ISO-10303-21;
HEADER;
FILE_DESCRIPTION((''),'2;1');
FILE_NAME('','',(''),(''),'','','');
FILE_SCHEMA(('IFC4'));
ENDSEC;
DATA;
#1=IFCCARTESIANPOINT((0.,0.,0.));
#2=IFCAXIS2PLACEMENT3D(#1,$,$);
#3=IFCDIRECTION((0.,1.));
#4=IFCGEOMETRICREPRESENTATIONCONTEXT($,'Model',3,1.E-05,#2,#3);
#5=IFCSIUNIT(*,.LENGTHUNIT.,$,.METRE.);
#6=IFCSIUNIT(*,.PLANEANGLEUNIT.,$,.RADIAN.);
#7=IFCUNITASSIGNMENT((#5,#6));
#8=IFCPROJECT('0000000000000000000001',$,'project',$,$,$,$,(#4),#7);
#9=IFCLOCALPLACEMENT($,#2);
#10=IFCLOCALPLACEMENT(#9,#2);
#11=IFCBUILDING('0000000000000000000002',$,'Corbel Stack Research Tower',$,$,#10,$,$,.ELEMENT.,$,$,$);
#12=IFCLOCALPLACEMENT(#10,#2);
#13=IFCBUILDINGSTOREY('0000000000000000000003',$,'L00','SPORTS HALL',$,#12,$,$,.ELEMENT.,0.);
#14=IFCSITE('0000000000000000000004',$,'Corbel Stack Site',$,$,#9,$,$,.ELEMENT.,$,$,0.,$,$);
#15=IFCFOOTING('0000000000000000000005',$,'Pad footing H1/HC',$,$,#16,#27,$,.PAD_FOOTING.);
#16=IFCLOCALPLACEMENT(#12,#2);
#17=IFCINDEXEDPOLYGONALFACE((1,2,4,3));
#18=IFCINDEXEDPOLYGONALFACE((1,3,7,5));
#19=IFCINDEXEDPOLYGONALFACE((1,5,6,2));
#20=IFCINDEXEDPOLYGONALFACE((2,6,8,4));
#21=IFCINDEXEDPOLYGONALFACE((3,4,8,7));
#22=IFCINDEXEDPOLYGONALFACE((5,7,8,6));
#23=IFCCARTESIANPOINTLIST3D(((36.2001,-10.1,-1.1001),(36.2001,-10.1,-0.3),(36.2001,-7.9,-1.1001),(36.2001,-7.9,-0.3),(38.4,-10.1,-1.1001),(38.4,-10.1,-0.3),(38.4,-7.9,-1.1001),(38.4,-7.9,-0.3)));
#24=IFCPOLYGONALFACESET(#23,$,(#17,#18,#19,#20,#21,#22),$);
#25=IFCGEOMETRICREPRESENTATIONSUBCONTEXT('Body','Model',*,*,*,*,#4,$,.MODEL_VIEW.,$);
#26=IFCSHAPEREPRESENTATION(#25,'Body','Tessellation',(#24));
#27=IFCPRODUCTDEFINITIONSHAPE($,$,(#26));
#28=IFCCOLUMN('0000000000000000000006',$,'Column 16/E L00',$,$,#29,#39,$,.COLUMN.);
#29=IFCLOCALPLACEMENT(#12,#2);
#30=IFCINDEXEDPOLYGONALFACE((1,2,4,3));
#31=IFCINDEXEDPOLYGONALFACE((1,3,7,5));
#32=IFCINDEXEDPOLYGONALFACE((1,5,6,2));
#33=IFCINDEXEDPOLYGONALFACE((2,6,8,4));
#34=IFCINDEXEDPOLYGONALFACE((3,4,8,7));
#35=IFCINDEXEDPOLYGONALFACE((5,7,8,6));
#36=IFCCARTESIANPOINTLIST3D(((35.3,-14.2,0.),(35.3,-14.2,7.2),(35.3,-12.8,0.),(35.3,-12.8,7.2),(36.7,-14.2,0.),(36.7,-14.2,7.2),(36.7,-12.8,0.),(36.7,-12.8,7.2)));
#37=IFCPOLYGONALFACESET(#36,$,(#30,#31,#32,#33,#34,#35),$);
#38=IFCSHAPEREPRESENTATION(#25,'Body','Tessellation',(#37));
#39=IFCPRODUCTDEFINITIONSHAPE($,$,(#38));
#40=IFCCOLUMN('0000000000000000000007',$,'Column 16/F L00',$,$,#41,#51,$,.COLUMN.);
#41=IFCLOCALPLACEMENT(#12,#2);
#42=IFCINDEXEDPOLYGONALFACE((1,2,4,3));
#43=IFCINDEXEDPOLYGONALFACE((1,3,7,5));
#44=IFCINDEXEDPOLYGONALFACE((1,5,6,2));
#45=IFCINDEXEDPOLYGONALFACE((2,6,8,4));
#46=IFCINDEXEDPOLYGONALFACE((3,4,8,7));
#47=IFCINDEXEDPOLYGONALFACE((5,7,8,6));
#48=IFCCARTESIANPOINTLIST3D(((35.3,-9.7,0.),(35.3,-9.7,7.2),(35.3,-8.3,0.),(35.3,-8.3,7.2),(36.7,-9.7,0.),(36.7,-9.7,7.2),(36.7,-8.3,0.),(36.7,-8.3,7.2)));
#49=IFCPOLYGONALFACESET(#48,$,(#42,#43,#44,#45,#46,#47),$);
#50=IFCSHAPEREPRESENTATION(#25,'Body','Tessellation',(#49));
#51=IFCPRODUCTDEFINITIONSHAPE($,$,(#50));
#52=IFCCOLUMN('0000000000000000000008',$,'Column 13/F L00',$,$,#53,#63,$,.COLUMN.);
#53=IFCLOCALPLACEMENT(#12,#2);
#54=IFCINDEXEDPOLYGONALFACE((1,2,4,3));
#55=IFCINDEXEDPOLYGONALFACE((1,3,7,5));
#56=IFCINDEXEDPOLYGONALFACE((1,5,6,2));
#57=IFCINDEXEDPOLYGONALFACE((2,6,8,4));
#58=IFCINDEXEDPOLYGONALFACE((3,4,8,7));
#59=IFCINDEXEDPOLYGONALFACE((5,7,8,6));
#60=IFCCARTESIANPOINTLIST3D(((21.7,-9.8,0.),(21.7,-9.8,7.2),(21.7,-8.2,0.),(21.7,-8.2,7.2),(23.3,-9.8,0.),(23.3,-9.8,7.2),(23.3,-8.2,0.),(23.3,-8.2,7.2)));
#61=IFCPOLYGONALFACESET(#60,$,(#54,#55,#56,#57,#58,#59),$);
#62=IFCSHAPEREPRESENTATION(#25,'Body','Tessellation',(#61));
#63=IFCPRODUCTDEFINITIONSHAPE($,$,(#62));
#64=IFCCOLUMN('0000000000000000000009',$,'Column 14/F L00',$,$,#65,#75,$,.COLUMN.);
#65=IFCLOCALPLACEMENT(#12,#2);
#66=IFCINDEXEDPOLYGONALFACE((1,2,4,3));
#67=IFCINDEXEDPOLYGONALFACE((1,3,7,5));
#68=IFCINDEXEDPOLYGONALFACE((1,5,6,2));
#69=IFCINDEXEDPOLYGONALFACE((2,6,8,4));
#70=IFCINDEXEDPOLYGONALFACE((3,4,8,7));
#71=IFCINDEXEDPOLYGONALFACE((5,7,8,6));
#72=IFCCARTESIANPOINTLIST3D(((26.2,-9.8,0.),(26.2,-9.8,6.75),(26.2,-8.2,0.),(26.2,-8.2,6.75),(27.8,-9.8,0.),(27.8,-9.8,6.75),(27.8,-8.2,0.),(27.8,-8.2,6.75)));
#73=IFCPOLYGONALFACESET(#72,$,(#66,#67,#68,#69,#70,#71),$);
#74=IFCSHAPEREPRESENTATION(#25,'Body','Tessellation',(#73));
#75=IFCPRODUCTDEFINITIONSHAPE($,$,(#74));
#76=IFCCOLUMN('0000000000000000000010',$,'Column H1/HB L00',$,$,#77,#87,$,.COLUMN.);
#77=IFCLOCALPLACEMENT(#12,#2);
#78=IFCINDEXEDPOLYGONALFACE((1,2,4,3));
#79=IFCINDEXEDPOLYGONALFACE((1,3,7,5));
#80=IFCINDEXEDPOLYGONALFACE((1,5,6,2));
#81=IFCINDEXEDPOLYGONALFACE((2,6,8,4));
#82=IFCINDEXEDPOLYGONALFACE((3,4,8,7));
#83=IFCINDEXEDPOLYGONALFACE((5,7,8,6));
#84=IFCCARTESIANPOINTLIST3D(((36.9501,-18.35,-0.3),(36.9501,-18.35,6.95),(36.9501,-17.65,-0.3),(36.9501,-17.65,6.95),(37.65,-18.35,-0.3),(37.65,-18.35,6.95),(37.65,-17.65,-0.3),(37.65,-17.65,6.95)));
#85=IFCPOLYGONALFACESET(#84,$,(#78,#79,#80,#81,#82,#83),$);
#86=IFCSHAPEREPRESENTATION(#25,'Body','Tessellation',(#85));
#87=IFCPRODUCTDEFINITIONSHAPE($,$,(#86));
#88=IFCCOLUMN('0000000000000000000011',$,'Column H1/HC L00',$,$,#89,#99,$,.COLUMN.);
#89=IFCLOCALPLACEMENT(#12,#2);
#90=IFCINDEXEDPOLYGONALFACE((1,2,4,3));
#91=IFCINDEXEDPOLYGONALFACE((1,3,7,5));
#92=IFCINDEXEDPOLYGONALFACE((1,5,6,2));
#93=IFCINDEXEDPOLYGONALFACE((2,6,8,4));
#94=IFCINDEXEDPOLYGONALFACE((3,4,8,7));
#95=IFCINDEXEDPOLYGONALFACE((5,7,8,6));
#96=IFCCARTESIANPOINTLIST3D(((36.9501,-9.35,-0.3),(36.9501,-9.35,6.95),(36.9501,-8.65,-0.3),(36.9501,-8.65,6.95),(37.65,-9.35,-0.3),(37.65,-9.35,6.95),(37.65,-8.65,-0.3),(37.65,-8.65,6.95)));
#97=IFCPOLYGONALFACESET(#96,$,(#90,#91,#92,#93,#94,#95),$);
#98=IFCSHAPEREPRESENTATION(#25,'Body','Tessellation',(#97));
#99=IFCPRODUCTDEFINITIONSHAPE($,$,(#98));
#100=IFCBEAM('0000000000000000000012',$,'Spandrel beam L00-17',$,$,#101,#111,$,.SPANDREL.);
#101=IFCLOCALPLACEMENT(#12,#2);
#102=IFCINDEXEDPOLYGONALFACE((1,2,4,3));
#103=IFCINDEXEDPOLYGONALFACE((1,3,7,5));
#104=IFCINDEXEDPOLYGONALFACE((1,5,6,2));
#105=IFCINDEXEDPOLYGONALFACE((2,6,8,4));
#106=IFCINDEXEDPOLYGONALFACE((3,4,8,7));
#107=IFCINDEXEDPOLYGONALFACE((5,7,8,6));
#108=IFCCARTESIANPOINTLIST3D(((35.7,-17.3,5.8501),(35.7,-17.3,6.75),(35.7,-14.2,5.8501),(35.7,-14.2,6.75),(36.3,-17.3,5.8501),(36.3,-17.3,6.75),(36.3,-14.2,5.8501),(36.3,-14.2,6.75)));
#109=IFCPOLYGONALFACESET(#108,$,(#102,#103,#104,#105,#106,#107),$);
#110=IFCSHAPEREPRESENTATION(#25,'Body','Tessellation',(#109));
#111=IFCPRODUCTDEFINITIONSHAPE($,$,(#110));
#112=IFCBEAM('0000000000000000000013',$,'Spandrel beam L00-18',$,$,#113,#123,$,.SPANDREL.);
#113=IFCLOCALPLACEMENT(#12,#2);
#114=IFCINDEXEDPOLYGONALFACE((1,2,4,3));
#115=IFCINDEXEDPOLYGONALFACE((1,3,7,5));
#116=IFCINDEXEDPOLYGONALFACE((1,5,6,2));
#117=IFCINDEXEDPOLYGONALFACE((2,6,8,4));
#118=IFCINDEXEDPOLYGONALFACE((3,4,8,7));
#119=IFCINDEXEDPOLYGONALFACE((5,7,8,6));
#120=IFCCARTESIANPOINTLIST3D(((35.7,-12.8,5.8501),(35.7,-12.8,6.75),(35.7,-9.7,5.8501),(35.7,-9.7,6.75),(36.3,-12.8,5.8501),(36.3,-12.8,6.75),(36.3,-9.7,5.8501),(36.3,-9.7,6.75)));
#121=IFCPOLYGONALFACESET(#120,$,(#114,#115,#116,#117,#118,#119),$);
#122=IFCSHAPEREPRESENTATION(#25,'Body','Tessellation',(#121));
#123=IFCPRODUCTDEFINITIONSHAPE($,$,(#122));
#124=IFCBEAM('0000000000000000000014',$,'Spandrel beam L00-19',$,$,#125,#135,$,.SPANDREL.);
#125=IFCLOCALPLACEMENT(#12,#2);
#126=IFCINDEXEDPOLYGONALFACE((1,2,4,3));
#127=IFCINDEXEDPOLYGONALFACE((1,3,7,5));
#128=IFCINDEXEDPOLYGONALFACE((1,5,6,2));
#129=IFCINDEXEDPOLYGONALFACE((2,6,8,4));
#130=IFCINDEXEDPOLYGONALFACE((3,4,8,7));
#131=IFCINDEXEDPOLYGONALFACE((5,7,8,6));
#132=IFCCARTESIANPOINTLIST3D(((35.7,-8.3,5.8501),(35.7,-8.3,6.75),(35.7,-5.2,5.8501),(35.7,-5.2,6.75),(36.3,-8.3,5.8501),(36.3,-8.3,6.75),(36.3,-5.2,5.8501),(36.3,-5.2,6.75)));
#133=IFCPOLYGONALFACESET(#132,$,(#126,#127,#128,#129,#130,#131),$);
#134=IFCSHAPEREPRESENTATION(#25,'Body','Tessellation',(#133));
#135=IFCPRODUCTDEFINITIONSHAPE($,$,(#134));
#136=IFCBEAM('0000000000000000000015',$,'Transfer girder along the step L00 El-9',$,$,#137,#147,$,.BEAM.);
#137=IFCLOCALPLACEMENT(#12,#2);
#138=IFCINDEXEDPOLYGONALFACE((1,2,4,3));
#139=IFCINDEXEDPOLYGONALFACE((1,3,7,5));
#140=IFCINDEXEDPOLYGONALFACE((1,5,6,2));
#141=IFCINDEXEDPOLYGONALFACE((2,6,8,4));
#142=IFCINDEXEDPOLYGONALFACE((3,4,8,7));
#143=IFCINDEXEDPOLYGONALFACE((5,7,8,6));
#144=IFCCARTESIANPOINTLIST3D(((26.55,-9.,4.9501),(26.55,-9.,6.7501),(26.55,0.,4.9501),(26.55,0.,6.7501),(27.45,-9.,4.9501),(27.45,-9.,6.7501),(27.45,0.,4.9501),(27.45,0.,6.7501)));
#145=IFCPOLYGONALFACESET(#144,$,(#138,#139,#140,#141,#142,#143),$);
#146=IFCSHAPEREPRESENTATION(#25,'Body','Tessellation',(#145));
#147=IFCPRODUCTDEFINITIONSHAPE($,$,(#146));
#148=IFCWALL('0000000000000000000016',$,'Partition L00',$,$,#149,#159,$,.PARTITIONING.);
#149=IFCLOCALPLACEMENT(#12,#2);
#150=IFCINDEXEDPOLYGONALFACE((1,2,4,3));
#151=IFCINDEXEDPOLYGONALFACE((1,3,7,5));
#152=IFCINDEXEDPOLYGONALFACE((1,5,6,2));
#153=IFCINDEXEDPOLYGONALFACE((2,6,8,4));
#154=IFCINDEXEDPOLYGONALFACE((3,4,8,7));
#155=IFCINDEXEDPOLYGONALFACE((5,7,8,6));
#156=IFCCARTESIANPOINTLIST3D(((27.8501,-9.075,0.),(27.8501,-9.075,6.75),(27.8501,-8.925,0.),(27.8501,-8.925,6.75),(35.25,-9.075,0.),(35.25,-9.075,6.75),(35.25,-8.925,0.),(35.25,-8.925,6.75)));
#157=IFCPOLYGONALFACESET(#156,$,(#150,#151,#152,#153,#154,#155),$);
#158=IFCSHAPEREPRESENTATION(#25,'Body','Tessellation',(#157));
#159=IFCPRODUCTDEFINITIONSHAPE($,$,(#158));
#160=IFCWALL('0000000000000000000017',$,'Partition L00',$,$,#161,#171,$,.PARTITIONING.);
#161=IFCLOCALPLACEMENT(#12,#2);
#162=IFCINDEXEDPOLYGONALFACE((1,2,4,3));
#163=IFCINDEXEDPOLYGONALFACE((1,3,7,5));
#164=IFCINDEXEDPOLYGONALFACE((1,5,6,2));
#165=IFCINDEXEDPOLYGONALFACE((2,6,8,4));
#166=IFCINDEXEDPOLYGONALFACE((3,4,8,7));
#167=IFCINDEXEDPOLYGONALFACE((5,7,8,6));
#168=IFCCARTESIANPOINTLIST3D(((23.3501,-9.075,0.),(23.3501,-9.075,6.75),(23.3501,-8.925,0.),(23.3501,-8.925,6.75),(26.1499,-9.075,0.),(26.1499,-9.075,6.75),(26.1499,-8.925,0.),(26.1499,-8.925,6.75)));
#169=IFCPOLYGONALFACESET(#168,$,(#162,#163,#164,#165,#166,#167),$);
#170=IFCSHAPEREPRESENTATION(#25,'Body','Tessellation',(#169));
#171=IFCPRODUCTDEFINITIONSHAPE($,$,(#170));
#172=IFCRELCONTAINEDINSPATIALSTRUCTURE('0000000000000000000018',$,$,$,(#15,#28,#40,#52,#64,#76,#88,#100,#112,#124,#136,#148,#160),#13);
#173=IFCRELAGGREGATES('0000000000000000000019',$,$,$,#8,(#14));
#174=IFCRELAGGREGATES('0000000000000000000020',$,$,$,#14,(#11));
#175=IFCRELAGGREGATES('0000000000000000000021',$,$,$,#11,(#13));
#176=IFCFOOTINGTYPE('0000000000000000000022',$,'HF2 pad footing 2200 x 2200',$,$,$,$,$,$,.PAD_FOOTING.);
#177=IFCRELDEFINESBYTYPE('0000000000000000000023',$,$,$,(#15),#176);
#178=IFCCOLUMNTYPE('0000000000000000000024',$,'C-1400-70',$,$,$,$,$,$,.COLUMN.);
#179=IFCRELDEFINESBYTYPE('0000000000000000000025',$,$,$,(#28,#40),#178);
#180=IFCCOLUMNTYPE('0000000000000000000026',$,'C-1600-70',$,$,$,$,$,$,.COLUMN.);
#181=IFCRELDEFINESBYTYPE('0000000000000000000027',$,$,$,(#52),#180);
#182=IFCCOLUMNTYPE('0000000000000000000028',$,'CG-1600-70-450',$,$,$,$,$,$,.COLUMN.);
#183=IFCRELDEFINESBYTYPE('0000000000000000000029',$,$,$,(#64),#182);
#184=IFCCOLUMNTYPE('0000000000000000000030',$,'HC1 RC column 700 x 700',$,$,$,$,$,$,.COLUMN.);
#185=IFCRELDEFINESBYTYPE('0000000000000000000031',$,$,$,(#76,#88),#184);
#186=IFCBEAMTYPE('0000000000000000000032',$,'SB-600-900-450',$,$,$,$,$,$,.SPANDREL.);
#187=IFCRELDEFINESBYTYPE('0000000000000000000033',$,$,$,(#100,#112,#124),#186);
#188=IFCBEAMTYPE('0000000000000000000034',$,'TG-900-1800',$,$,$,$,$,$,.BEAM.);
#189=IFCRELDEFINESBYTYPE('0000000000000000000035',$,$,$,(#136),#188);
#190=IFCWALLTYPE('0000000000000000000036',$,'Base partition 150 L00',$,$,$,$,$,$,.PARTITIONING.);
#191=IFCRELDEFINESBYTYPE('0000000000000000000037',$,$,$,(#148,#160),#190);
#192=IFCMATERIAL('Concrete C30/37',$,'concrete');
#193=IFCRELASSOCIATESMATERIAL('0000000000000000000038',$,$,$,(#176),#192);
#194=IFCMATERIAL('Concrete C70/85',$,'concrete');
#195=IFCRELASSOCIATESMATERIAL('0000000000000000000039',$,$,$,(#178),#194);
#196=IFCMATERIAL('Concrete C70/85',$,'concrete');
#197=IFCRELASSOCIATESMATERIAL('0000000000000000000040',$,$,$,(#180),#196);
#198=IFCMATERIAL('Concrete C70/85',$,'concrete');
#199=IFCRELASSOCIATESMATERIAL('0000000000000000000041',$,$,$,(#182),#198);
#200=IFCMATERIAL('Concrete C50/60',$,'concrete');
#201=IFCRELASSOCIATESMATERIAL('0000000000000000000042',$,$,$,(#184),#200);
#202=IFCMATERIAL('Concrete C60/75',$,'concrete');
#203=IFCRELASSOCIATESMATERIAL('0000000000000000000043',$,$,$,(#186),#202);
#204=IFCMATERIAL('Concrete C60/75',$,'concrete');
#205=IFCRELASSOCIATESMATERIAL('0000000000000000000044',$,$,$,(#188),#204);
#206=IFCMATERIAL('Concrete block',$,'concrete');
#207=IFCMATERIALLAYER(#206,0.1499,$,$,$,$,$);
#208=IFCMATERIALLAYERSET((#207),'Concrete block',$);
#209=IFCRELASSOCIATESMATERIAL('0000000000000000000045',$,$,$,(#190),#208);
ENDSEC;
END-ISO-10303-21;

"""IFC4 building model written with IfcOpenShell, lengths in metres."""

from ifc_helpers import new_model, si_unit, direction, frame, frame_2d, origin, origin_2d, place, context, subcontext, project, spatial, rectangle, extrude, material, layer, layer_set, material_profile, profile_set, type_object, element, save


model = new_model("IFC4")

# Units and contexts
model_context = context("Model", 3, precision=1e-05, world=origin(), true_north=direction((0.0, 1.0)))
body_context = subcontext(model_context, "Body", "Model", "MODEL_VIEW")
ifc_project = project(units=[si_unit("LENGTHUNIT", "METRE"), si_unit("PLANEANGLEUNIT", "RADIAN")], contexts=[model_context])

# Site, building, storey
site_placement = place(None, origin())
site = spatial("IfcSite", under=ifc_project, at=site_placement, Name="Corbel Stack Site", CompositionType="ELEMENT", RefElevation=0.0)
building_placement = place(site_placement, origin())
building = spatial("IfcBuilding", under=site, at=building_placement, Name="Corbel Stack Research Tower", CompositionType="ELEMENT")
storey_placement = place(building_placement, origin())
storey = spatial("IfcBuildingStorey", under=building, at=storey_placement, Name="L00", Description="SPORTS HALL", CompositionType="ELEMENT", Elevation=0.0)

# Footing
ifc_material_1 = material(Name="Concrete C30/37", Category="concrete")
footing_type = type_object("IfcFootingType", Name="HF2 pad footing 2200 x 2200", PredefinedType="PAD_FOOTING", material=ifc_material_1)
footing_placement = place(storey_placement, frame((37.3, -9.0, -1.1001), z_axis=(0.0, 0.0, 1.0), x_axis=(1.0, 0.0, 0.0)))
element("IfcFooting", 1, at=footing_placement, inside=storey, type_object=footing_type, Name="Pad footing H1/HC", PredefinedType="PAD_FOOTING", context=body_context, shape_type="SweptSolid", body=[
    extrude(rectangle(XDim=2.2, YDim=2.2, at=origin_2d()), origin(), (0.0, 0.0, 1.0), 0.8),
])

# Columns
ifc_material_2 = material(Name="Concrete C70/85", Category="concrete")
ifc_material_profile_1 = material_profile(ifc_material_2, rectangle(XDim=1.3999, YDim=1.3999, at=origin_2d()), Name="RC 1400 x 1400")
ifc_profile_set_1 = profile_set([ifc_material_profile_1], Name="Concrete C70/85")
column_type_1 = type_object("IfcColumnType", Name="C-1400-70", PredefinedType="COLUMN", material=ifc_profile_set_1)
for number, where, z_axis, x_axis, name in (
    (2, (36.0, -13.5, 0.0), (0.0, 0.0, 1.0), (1.0, 0.0, 0.0), "Column 16/E L00"),
    (3, (36.0, -9.0, 0.0), (0.0, 0.0, 1.0), (1.0, 0.0, 0.0), "Column 16/F L00"),
):
    element("IfcColumn", number, at=place(storey_placement, frame(where, z_axis=z_axis, x_axis=x_axis)), inside=storey, type_object=column_type_1, Name=name, PredefinedType="COLUMN", context=body_context, shape_type="SweptSolid", body=[
        extrude(rectangle(XDim=1.3999, YDim=1.3999, at=origin_2d()), origin(), (0.0, 0.0, 1.0), 7.2),
    ])
ifc_material_3 = material(Name="Concrete C70/85", Category="concrete")
ifc_material_profile_2 = material_profile(ifc_material_3, rectangle(XDim=1.6001, YDim=1.6001, at=origin_2d()), Name="RC 1600 x 1600")
ifc_profile_set_2 = profile_set([ifc_material_profile_2], Name="Concrete C70/85")
column_type_2 = type_object("IfcColumnType", Name="C-1600-70", PredefinedType="COLUMN", material=ifc_profile_set_2)
column_1_placement = place(storey_placement, frame((22.5, -9.0, 0.0), z_axis=(0.0, 0.0, 1.0), x_axis=(1.0, 0.0, 0.0)))
element("IfcColumn", 4, at=column_1_placement, inside=storey, type_object=column_type_2, Name="Column 13/F L00", PredefinedType="COLUMN", context=body_context, shape_type="SweptSolid", body=[
    extrude(rectangle(XDim=1.6001, YDim=1.6001, at=origin_2d()), origin(), (0.0, 0.0, 1.0), 7.2),
])
ifc_material_4 = material(Name="Concrete C70/85", Category="concrete")
ifc_material_profile_3 = material_profile(ifc_material_4, rectangle(XDim=1.6001, YDim=1.6001, at=origin_2d()), Name="RC 1600 x 1600")
ifc_profile_set_3 = profile_set([ifc_material_profile_3], Name="Concrete C70/85")
column_type_3 = type_object("IfcColumnType", Name="CG-1600-70-450", PredefinedType="COLUMN", material=ifc_profile_set_3)
column_2_placement = place(storey_placement, frame((27.0, -9.0, 0.0), z_axis=(0.0, 0.0, 1.0), x_axis=(1.0, 0.0, 0.0)))
element("IfcColumn", 5, at=column_2_placement, inside=storey, type_object=column_type_3, Name="Column 14/F L00", PredefinedType="COLUMN", context=body_context, shape_type="SweptSolid", body=[
    extrude(rectangle(XDim=1.6001, YDim=1.6001, at=origin_2d()), origin(), (0.0, 0.0, 1.0), 6.75),
])
ifc_material_5 = material(Name="Concrete C50/60", Category="concrete")
ifc_material_profile_4 = material_profile(ifc_material_5, rectangle(XDim=0.7, YDim=0.7, at=origin_2d()), Name="RC 700 x 700")
ifc_profile_set_4 = profile_set([ifc_material_profile_4], Name="Concrete C50/60")
column_type_4 = type_object("IfcColumnType", Name="HC1 RC column 700 x 700", PredefinedType="COLUMN", material=ifc_profile_set_4)
for number, where, z_axis, x_axis, name in (
    (6, (37.3, -18.0, -0.3), (0.0, 0.0, 1.0), (1.0, 0.0, 0.0), "Column H1/HB L00"),
    (7, (37.3, -9.0, -0.3), (0.0, 0.0, 1.0), (1.0, 0.0, 0.0), "Column H1/HC L00"),
):
    element("IfcColumn", number, at=place(storey_placement, frame(where, z_axis=z_axis, x_axis=x_axis)), inside=storey, type_object=column_type_4, Name=name, PredefinedType="COLUMN", context=body_context, shape_type="SweptSolid", body=[
        extrude(rectangle(XDim=0.7, YDim=0.7, at=origin_2d()), origin(), (0.0, 0.0, 1.0), 7.25),
    ])

# Beams
ifc_material_6 = material(Name="Concrete C60/75", Category="concrete")
ifc_material_profile_5 = material_profile(ifc_material_6, rectangle(XDim=0.6001, YDim=0.8999, at=origin_2d()), Name="RC 600 x 900")
ifc_profile_set_5 = profile_set([ifc_material_profile_5], Name="Concrete C60/75")
beam_type_1 = type_object("IfcBeamType", Name="SB-600-900-450", PredefinedType="SPANDREL", material=ifc_profile_set_5)
for number, where, z_axis, x_axis, name in (
    (8, (36.0, -17.3, 6.3), (0.0, 1.0, 0.0), (-1.0, 0.0, 0.0), "Spandrel beam L00-17"),
    (9, (36.0, -12.8, 6.3), (0.0, 1.0, 0.0), (-1.0, 0.0, 0.0), "Spandrel beam L00-18"),
    (10, (36.0, -8.3, 6.3), (0.0, 1.0, 0.0), (-1.0, 0.0, 0.0), "Spandrel beam L00-19"),
):
    element("IfcBeam", number, at=place(storey_placement, frame(where, z_axis=z_axis, x_axis=x_axis)), inside=storey, type_object=beam_type_1, Name=name, PredefinedType="SPANDREL", context=body_context, shape_type="SweptSolid", body=[
        extrude(rectangle(XDim=0.6001, YDim=0.8999, at=origin_2d()), origin(), (0.0, 0.0, 1.0), 3.1001),
    ])
ifc_material_7 = material(Name="Concrete C60/75", Category="concrete")
ifc_material_profile_6 = material_profile(ifc_material_7, rectangle(XDim=0.8999, YDim=1.8, at=origin_2d()), Name="RC 900 x 1800")
ifc_profile_set_6 = profile_set([ifc_material_profile_6], Name="Concrete C60/75")
beam_type_2 = type_object("IfcBeamType", Name="TG-900-1800", PredefinedType="BEAM", material=ifc_profile_set_6)
beam_placement = place(storey_placement, frame((27.0, -9.0, 5.8501), z_axis=(0.0, 1.0, 0.0), x_axis=(-1.0, 0.0, 0.0)))
element("IfcBeam", 11, at=beam_placement, inside=storey, type_object=beam_type_2, Name="Transfer girder along the step L00 El-9", PredefinedType="BEAM", context=body_context, shape_type="SweptSolid", body=[
    extrude(rectangle(XDim=0.8999, YDim=1.8, at=origin_2d()), origin(), (0.0, 0.0, 1.0), 9.0),
])

# Walls
ifc_material_8 = material(Name="Concrete block", Category="concrete")
ifc_layer_1 = layer(ifc_material_8, 0.1499)
ifc_layer_set_1 = layer_set([ifc_layer_1], Name="Concrete block")
wall_type_1 = type_object("IfcWallType", Name="Base partition 150 L00", PredefinedType="PARTITIONING", material=ifc_layer_set_1)
wall_1_placement = place(storey_placement, frame((27.8501, -9.0, 0.0), z_axis=(0.0, 0.0, 1.0), x_axis=(1.0, 0.0, 0.0)))
element("IfcWall", 12, at=wall_1_placement, inside=storey, type_object=wall_type_1, Name="Partition L00", PredefinedType="PARTITIONING", context=body_context, shape_type="SweptSolid", body=[
    extrude(rectangle(XDim=7.3999, YDim=0.1499, at=frame_2d((3.7, 0.0))), origin(), (0.0, 0.0, 1.0), 6.75),
])
wall_2_placement = place(storey_placement, frame((23.3501, -9.0, 0.0), z_axis=(0.0, 0.0, 1.0), x_axis=(1.0, 0.0, 0.0)))
element("IfcWall", 13, at=wall_2_placement, inside=storey, type_object=wall_type_1, Name="Partition L00", PredefinedType="PARTITIONING", context=body_context, shape_type="SweptSolid", body=[
    extrude(rectangle(XDim=2.7998, YDim=0.1499, at=frame_2d((1.3999, 0.0))), origin(), (0.0, 0.0, 1.0), 6.75),
])

save(model, "model.ifc")
